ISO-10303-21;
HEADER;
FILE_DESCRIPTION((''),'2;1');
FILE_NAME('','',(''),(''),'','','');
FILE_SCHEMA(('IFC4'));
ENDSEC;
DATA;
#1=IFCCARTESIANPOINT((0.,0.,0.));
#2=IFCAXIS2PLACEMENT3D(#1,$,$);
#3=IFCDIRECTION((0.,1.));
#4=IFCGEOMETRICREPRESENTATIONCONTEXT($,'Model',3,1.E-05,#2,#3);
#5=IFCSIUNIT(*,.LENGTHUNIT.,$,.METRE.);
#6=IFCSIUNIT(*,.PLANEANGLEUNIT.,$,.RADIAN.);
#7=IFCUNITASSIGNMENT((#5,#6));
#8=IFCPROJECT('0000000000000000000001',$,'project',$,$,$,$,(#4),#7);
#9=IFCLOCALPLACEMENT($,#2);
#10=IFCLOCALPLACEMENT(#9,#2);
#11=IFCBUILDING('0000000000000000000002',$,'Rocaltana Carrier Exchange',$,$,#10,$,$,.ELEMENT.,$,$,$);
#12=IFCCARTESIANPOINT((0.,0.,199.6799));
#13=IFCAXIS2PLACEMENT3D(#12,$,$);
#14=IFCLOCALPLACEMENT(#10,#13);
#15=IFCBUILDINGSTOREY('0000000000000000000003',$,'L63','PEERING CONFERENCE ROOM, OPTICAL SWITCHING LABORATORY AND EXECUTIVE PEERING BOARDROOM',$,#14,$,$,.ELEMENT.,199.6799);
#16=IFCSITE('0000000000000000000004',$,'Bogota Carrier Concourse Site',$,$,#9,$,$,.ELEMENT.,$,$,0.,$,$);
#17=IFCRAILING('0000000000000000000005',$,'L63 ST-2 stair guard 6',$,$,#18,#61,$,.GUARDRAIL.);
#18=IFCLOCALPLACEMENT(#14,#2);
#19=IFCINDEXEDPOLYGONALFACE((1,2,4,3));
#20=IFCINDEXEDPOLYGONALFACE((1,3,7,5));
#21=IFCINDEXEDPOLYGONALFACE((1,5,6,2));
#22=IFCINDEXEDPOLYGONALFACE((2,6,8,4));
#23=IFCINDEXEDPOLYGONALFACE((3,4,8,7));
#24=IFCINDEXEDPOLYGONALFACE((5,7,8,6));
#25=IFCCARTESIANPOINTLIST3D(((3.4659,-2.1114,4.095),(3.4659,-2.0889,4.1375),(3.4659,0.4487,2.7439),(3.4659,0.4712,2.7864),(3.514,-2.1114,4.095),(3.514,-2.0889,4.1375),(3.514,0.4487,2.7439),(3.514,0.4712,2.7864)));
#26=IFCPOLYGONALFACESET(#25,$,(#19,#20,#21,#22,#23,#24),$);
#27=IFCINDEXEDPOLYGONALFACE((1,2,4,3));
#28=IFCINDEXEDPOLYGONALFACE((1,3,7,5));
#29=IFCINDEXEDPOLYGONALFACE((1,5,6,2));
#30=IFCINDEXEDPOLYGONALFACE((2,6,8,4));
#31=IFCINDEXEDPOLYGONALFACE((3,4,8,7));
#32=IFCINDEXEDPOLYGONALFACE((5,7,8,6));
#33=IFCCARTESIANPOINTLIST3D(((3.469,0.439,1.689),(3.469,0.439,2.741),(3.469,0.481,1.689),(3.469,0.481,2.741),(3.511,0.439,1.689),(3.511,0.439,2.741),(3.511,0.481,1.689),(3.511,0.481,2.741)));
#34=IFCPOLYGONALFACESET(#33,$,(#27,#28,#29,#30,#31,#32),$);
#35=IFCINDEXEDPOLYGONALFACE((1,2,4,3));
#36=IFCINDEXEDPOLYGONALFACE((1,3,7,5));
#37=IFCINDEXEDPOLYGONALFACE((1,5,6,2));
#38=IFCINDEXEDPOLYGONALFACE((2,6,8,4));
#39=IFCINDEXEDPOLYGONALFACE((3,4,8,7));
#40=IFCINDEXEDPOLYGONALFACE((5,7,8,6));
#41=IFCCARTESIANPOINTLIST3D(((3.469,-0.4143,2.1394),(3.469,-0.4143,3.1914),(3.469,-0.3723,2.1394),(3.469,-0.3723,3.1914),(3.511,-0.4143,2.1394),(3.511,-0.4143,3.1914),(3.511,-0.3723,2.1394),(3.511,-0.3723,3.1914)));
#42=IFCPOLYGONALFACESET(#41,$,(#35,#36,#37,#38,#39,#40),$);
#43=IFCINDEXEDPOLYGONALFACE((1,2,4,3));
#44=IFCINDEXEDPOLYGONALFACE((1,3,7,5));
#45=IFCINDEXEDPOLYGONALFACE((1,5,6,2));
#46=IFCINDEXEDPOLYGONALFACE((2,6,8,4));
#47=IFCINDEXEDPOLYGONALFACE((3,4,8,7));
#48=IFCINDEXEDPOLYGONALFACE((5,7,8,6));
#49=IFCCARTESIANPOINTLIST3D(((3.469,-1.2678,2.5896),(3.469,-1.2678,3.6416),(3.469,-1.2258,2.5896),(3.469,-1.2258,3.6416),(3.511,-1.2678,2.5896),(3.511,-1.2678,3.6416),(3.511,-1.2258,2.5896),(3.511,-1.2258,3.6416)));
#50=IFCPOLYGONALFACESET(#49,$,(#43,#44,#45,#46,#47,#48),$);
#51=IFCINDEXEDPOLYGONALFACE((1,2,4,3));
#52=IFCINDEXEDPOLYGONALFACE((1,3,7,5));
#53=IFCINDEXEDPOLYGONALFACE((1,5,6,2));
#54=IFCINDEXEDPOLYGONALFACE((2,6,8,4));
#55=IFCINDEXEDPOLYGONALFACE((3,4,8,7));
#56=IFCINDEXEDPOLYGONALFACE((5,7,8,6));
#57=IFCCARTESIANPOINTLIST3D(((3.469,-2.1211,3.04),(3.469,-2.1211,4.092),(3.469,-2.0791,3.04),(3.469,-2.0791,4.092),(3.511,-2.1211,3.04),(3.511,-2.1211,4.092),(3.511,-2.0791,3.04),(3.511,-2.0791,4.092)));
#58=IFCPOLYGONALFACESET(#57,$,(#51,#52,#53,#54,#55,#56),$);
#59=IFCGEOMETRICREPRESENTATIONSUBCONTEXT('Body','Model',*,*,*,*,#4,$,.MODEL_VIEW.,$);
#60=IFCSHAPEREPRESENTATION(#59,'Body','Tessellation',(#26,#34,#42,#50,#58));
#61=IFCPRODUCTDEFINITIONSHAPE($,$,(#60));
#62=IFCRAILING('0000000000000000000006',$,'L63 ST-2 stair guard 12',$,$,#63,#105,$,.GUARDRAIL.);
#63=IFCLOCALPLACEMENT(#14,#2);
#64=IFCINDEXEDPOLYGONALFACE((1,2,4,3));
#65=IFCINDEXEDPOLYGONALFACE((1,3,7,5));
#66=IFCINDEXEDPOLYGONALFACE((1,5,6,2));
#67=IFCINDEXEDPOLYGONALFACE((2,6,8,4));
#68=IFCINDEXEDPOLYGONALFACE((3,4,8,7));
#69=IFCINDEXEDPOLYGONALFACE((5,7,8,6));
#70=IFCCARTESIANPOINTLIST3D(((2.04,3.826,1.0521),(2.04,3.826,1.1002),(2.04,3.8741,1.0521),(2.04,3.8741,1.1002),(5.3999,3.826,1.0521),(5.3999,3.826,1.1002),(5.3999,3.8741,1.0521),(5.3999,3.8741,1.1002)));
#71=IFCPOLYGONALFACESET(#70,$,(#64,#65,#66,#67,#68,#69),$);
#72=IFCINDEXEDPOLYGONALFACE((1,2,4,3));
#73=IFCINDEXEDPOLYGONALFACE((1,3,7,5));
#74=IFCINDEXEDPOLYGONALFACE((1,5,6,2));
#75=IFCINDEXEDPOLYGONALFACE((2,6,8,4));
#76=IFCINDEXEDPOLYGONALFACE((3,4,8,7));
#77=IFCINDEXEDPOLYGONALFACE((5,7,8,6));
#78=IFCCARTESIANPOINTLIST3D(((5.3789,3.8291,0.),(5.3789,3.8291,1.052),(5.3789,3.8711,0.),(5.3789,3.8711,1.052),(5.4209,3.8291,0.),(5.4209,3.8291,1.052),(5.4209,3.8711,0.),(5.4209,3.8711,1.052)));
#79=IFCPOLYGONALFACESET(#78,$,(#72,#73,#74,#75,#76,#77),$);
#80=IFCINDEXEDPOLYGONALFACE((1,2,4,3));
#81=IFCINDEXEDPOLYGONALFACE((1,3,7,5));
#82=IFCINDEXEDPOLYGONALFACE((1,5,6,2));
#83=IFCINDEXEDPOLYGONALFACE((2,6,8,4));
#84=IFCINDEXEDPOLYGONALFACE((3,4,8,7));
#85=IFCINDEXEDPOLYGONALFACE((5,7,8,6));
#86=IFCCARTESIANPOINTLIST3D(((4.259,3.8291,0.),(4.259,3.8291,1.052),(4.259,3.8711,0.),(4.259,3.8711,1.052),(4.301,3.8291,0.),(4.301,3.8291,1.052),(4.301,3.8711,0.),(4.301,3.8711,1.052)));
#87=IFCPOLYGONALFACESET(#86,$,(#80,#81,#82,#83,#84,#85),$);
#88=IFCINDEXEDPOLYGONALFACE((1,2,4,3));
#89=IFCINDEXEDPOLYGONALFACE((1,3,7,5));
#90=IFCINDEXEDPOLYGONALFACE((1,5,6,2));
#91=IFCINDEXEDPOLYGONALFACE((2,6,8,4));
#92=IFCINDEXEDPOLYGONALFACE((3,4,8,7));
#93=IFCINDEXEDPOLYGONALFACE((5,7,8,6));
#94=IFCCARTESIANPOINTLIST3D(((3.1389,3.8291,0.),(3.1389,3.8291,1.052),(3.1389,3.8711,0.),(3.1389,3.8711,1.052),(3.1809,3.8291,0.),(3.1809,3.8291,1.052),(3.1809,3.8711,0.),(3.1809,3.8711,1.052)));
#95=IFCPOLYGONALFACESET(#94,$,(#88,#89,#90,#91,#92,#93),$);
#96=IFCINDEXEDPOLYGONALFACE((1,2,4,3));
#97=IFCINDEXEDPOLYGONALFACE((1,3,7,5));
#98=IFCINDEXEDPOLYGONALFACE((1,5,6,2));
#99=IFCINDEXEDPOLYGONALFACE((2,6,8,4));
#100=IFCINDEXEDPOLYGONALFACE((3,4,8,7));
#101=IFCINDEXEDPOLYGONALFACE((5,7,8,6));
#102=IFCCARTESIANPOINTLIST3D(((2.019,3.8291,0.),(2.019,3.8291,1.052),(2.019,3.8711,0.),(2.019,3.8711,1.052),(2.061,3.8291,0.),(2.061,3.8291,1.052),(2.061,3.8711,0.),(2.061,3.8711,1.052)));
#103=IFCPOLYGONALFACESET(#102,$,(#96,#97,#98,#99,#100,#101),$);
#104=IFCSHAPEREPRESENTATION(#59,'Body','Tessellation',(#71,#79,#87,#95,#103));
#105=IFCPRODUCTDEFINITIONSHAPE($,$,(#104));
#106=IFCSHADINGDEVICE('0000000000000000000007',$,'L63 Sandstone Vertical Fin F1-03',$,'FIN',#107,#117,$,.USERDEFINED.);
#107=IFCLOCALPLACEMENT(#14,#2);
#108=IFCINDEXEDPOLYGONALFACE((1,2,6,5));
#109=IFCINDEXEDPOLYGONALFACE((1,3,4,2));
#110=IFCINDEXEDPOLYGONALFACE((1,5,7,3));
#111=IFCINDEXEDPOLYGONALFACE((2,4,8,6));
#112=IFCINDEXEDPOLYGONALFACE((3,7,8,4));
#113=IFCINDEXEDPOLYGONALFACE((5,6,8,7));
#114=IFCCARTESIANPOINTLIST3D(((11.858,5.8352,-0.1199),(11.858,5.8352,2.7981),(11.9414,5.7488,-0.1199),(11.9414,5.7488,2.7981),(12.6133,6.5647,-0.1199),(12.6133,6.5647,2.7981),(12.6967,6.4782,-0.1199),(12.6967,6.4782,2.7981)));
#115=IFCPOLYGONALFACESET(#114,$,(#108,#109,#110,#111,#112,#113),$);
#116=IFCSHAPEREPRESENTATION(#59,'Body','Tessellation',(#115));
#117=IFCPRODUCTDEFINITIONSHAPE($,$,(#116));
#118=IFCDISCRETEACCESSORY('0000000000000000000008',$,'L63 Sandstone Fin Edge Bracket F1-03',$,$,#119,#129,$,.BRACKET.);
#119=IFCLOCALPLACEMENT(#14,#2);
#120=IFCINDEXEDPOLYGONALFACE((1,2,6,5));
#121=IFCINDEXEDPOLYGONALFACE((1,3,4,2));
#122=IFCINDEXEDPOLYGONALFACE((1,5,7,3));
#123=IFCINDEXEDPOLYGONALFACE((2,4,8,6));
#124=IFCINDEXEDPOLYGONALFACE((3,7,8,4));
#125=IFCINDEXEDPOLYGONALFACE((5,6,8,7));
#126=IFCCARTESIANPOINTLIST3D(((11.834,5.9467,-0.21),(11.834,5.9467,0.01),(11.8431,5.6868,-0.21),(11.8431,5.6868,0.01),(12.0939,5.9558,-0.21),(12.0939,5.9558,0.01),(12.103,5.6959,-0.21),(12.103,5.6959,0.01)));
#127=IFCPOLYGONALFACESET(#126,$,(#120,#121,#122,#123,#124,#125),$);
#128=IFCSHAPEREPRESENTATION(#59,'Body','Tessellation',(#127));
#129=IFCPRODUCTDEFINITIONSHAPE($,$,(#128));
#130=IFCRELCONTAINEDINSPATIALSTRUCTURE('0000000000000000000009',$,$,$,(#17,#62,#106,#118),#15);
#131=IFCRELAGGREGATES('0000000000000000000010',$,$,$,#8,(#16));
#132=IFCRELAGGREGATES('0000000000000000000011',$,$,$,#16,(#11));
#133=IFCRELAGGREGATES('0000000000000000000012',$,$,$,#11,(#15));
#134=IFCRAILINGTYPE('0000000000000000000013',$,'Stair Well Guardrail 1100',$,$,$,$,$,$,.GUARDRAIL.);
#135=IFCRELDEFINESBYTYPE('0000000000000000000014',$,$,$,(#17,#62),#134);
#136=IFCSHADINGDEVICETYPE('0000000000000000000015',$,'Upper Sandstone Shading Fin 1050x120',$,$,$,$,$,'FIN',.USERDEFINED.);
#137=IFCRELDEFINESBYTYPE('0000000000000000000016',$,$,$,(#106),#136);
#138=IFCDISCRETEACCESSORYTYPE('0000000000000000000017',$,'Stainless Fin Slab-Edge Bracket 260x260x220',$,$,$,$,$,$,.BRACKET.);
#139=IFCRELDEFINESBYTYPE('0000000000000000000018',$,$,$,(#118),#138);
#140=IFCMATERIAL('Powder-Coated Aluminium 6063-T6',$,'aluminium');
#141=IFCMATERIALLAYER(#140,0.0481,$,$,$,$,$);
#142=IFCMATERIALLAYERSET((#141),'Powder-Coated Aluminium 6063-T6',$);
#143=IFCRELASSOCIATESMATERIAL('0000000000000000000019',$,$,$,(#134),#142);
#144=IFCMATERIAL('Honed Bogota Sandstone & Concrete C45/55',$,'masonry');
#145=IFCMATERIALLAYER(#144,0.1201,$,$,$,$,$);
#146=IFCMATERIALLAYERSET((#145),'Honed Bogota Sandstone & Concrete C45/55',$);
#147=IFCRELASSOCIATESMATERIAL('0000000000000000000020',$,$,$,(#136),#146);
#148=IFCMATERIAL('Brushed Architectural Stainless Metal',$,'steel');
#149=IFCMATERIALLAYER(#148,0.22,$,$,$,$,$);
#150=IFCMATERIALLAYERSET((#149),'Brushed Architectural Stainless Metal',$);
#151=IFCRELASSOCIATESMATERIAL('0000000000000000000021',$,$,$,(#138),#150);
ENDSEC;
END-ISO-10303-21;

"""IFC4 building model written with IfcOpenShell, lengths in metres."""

from ifc_helpers import new_model, si_unit, direction, frame, origin, origin_2d, place, context, subcontext, project, spatial, rectangle, extrude, material, layer, layer_set, type_object, element, save


model = new_model("IFC4")

# Units and contexts
model_context = context("Model", 3, precision=1e-05, world=origin(), true_north=direction((0.0, 1.0)))
body_context = subcontext(model_context, "Body", "Model", "MODEL_VIEW")
ifc_project = project(units=[si_unit("LENGTHUNIT", "METRE"), si_unit("PLANEANGLEUNIT", "RADIAN")], contexts=[model_context])

# Site, building, storey
site_placement = place(None, origin())
site = spatial("IfcSite", under=ifc_project, at=site_placement, Name="Bogota Carrier Concourse Site", CompositionType="ELEMENT", RefElevation=0.0)
building_placement = place(site_placement, origin())
building = spatial("IfcBuilding", under=site, at=building_placement, Name="Rocaltana Carrier Exchange", CompositionType="ELEMENT")
storey_placement = place(building_placement, frame((0.0, 0.0, 199.6799)))
storey = spatial("IfcBuildingStorey", under=building, at=storey_placement, Name="L63", Description="PEERING CONFERENCE ROOM, OPTICAL SWITCHING LABORATORY AND EXECUTIVE PEERING BOARDROOM", CompositionType="ELEMENT", Elevation=199.6799)

# Railings
ifc_material_1 = material(Name="Powder-Coated Aluminium 6063-T6", Category="aluminium")
ifc_layer_1 = layer(ifc_material_1, 0.0481)
ifc_layer_set_1 = layer_set([ifc_layer_1], Name="Powder-Coated Aluminium 6063-T6")
railing_type_1 = type_object("IfcRailingType", Name="Stair Well Guardrail 1100", PredefinedType="GUARDRAIL", material=ifc_layer_set_1)
railing_1_placement = place(storey_placement, frame((3.49, 0.46, 1.689)))
element("IfcRailing", 1, at=railing_1_placement, inside=storey, type_object=railing_type_1, Name="L63 ST-2 stair guard 6", PredefinedType="GUARDRAIL", context=body_context, shape_type="SweptSolid", body=[
    extrude(rectangle(XDim=0.0481, YDim=0.0481, at=origin_2d()), frame((0.0, 0.0, 1.0762), z_axis=(0.0, -0.884394, 0.46674), x_axis=(1.0, 0.0, 0.0)), (0.0, 0.0, 1.0), 2.8948),
    extrude(rectangle(XDim=0.042, YDim=0.042, at=origin_2d()), origin(), (0.0, 0.0, 1.0), 1.052),
    extrude(rectangle(XDim=0.042, YDim=0.042, at=origin_2d()), frame((0.0, -0.8533, 0.4504)), (0.0, 0.0, 1.0), 1.052),
    extrude(rectangle(XDim=0.042, YDim=0.042, at=origin_2d()), frame((0.0, -1.7068, 0.9006)), (0.0, 0.0, 1.0), 1.052),
    extrude(rectangle(XDim=0.042, YDim=0.042, at=origin_2d()), frame((0.0, -2.5601, 1.3511)), (0.0, 0.0, 1.0), 1.052),
])
railing_2_placement = place(storey_placement, frame((5.3999, 3.8501, 0.0)))
element("IfcRailing", 2, at=railing_2_placement, inside=storey, type_object=railing_type_1, Name="L63 ST-2 stair guard 12", PredefinedType="GUARDRAIL", context=body_context, shape_type="SweptSolid", body=[
    extrude(rectangle(XDim=0.0481, YDim=0.0481, at=origin_2d()), frame((0.0, 0.0, 1.0762), z_axis=(-1.0, 0.0, 0.0), x_axis=(0.0, -1.0, 0.0)), (0.0, 0.0, 1.0), 3.3599),
    extrude(rectangle(XDim=0.042, YDim=0.042, at=origin_2d()), origin(), (0.0, 0.0, 1.0), 1.052),
    extrude(rectangle(XDim=0.042, YDim=0.042, at=origin_2d()), frame((-1.1199, 0.0, 0.0)), (0.0, 0.0, 1.0), 1.052),
    extrude(rectangle(XDim=0.042, YDim=0.042, at=origin_2d()), frame((-2.24, 0.0, 0.0)), (0.0, 0.0, 1.0), 1.052),
    extrude(rectangle(XDim=0.042, YDim=0.042, at=origin_2d()), frame((-3.3599, 0.0, 0.0)), (0.0, 0.0, 1.0), 1.052),
])

# Shading device
ifc_material_2 = material(Name="Honed Bogota Sandstone & Concrete C45/55", Category="masonry")
ifc_layer_2 = layer(ifc_material_2, 0.1201)
ifc_layer_set_2 = layer_set([ifc_layer_2], Name="Honed Bogota Sandstone & Concrete C45/55")
shading_device_type = type_object("IfcShadingDeviceType", Name="Upper Sandstone Shading Fin 1050x120", ElementType="FIN", PredefinedType="USERDEFINED", material=ifc_layer_set_2)
shading_device_placement = place(storey_placement, frame((12.2773, 6.1567, -0.1199), z_axis=(0.0, 0.0, 1.0), x_axis=(0.71934, 0.694658, 0.0)))
element("IfcShadingDevice", 3, at=shading_device_placement, inside=storey, type_object=shading_device_type, Name="L63 Sandstone Vertical Fin F1-03", ObjectType="FIN", PredefinedType="USERDEFINED", context=body_context, shape_type="SweptSolid", body=[
    extrude(rectangle(XDim=1.05, YDim=0.1201, at=origin_2d()), origin(), (0.0, 0.0, 1.0), 2.918),
])

# Discrete accessory
ifc_material_3 = material(Name="Brushed Architectural Stainless Metal", Category="steel")
ifc_layer_3 = layer(ifc_material_3, 0.22)
ifc_layer_set_3 = layer_set([ifc_layer_3], Name="Brushed Architectural Stainless Metal")
discrete_accessory_type = type_object("IfcDiscreteAccessoryType", Name="Stainless Fin Slab-Edge Bracket 260x260x220", PredefinedType="BRACKET", material=ifc_layer_set_3)
discrete_accessory_placement = place(storey_placement, frame((11.9685, 5.8213, -0.21), z_axis=(0.0, 0.0, 1.0), x_axis=(-0.034899, 0.999391, 0.0)))
element("IfcDiscreteAccessory", 4, at=discrete_accessory_placement, inside=storey, type_object=discrete_accessory_type, Name="L63 Sandstone Fin Edge Bracket F1-03", PredefinedType="BRACKET", context=body_context, shape_type="SweptSolid", body=[
    extrude(rectangle(XDim=0.26, YDim=0.26, at=origin_2d()), origin(), (0.0, 0.0, 1.0), 0.22),
])

save(model, "model.ifc")
